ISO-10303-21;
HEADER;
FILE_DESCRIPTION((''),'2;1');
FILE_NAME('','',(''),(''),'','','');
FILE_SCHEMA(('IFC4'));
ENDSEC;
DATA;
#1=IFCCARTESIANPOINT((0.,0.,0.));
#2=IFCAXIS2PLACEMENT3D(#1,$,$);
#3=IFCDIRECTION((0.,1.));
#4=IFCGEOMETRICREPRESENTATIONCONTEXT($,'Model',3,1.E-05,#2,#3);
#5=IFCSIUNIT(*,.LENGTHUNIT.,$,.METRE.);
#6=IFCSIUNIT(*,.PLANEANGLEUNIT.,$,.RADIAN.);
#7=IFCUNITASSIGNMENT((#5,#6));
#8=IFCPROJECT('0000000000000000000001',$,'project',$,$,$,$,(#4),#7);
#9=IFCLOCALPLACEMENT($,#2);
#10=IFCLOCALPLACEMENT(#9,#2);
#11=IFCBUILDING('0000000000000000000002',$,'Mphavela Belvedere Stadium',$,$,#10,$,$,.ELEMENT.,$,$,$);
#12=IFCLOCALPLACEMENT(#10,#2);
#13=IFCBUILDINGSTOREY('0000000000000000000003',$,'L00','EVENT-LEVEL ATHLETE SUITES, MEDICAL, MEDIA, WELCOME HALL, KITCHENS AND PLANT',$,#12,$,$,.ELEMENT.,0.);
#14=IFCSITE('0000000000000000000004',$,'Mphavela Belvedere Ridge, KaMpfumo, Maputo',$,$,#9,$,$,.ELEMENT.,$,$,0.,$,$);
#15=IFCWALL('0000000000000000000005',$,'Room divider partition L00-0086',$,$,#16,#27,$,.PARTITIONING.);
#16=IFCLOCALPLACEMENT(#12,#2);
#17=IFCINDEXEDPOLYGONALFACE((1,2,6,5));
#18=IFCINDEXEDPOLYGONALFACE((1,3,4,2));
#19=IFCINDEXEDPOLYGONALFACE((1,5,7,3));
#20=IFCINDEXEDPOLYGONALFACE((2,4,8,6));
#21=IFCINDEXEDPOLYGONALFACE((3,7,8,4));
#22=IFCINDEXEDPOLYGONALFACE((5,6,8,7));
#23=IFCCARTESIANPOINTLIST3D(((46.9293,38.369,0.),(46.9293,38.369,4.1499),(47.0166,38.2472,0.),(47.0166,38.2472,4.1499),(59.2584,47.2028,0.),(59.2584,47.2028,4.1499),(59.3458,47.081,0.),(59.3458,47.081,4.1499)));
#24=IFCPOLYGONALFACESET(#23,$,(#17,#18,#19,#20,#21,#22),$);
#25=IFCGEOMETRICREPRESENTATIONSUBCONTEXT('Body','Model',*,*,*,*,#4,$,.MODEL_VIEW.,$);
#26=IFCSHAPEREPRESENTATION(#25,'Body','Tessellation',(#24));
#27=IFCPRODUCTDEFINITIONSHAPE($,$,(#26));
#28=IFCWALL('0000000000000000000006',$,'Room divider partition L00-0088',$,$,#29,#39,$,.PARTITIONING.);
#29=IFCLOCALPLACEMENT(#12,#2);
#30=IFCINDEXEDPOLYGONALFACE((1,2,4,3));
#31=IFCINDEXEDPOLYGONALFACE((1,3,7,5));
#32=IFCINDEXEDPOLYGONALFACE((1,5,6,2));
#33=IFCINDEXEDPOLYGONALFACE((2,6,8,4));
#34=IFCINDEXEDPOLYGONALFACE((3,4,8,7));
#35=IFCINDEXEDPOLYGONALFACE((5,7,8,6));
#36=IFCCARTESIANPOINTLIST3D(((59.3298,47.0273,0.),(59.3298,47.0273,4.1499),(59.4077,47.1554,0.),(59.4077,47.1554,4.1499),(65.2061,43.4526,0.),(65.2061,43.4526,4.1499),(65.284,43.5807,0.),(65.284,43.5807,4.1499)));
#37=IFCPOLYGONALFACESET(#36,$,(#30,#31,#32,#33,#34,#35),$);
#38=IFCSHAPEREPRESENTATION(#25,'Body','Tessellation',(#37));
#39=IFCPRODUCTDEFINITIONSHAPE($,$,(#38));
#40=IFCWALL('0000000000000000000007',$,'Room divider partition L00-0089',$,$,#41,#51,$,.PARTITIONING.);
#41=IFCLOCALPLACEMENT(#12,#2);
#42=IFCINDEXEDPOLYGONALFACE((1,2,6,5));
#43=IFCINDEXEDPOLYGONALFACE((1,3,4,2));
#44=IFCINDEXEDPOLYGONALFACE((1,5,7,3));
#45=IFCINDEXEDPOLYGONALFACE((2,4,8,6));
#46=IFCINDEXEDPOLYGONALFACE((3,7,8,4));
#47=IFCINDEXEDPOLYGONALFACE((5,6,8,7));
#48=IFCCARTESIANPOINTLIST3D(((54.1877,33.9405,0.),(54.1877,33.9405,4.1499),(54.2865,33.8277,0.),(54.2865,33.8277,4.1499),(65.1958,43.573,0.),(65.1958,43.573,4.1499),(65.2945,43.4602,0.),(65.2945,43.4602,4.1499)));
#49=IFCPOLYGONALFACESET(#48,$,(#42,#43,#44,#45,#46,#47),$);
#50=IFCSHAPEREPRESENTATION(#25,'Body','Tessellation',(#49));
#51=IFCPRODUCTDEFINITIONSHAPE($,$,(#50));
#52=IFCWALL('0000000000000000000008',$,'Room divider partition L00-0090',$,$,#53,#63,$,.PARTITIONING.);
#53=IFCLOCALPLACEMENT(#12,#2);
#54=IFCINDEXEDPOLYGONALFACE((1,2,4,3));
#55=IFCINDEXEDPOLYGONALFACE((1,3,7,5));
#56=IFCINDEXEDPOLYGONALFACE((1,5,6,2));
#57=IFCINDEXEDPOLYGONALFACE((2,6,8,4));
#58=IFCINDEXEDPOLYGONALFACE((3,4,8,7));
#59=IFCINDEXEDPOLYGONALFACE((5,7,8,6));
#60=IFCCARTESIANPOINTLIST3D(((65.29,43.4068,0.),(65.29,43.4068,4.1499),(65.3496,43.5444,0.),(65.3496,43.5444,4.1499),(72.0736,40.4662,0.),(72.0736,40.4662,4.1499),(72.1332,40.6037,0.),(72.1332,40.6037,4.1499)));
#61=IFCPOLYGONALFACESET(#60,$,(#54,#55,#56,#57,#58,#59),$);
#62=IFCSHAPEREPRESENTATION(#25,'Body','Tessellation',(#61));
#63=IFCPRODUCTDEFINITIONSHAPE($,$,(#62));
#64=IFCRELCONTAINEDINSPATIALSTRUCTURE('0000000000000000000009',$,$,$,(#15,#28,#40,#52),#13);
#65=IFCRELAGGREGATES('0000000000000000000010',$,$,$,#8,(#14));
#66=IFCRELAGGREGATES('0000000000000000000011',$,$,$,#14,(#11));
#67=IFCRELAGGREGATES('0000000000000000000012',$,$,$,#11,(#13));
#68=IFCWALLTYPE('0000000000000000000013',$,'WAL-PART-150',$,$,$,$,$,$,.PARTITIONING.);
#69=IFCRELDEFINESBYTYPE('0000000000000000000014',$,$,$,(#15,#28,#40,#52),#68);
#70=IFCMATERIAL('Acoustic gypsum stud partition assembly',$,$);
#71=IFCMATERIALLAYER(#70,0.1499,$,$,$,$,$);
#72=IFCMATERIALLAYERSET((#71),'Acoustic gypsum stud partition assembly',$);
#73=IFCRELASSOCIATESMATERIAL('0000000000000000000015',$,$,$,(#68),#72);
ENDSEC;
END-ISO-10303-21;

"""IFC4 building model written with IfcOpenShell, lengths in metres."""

from ifc_helpers import new_model, si_unit, direction, frame, frame_2d, origin, place, context, subcontext, project, spatial, rectangle, extrude, material, layer, layer_set, type_object, element, save


model = new_model("IFC4")

# Units and contexts
model_context = context("Model", 3, precision=1e-05, world=origin(), true_north=direction((0.0, 1.0)))
body_context = subcontext(model_context, "Body", "Model", "MODEL_VIEW")
ifc_project = project(units=[si_unit("LENGTHUNIT", "METRE"), si_unit("PLANEANGLEUNIT", "RADIAN")], contexts=[model_context])

# Site, building, storey
site_placement = place(None, origin())
site = spatial("IfcSite", under=ifc_project, at=site_placement, Name="Mphavela Belvedere Ridge, KaMpfumo, Maputo", CompositionType="ELEMENT", RefElevation=0.0)
building_placement = place(site_placement, origin())
building = spatial("IfcBuilding", under=site, at=building_placement, Name="Mphavela Belvedere Stadium", CompositionType="ELEMENT")
storey_placement = place(building_placement, origin())
storey = spatial("IfcBuildingStorey", under=building, at=storey_placement, Name="L00", Description="EVENT-LEVEL ATHLETE SUITES, MEDICAL, MEDIA, WELCOME HALL, KITCHENS AND PLANT", CompositionType="ELEMENT", Elevation=0.0)

# Walls
ifc_material_1 = material(Name="Acoustic gypsum stud partition assembly")
ifc_layer = layer(ifc_material_1, 0.1499)
ifc_layer_set = layer_set([ifc_layer], Name="Acoustic gypsum stud partition assembly")
wall_type = type_object("IfcWallType", Name="WAL-PART-150", PredefinedType="PARTITIONING", material=ifc_layer_set)
wall_1_placement = place(storey_placement, frame((59.302, 47.1418, 0.0), z_axis=(0.0, 0.0, 1.0), x_axis=(-0.812883, -0.582427, 0.0)))
element("IfcWall", 1, at=wall_1_placement, inside=storey, type_object=wall_type, Name="Room divider partition L00-0086", PredefinedType="PARTITIONING", context=body_context, shape_type="SweptSolid", body=[
    extrude(rectangle(XDim=15.1672, YDim=0.1499, at=frame_2d((7.5835, 0.0))), origin(), (0.0, 0.0, 1.0), 4.1499),
])
wall_2_placement = place(storey_placement, frame((59.3689, 47.0913, 0.0), z_axis=(0.0, 0.0, 1.0), x_axis=(0.854336, -0.519722, 0.0)))
element("IfcWall", 2, at=wall_2_placement, inside=storey, type_object=wall_type, Name="Room divider partition L00-0088", PredefinedType="PARTITIONING", context=body_context, shape_type="SweptSolid", body=[
    extrude(rectangle(XDim=6.8782, YDim=0.1499, at=frame_2d((3.439, 0.0))), origin(), (0.0, 0.0, 1.0), 4.1499),
])
wall_3_placement = place(storey_placement, frame((65.2451, 43.5166, 0.0), z_axis=(0.0, 0.0, 1.0), x_axis=(-0.752559, -0.658525, 0.0)))
element("IfcWall", 3, at=wall_3_placement, inside=storey, type_object=wall_type, Name="Room divider partition L00-0089", PredefinedType="PARTITIONING", context=body_context, shape_type="SweptSolid", body=[
    extrude(rectangle(XDim=14.6274, YDim=0.1499, at=frame_2d((7.3137, 0.0))), origin(), (0.0, 0.0, 1.0), 4.1499),
])
wall_4_placement = place(storey_placement, frame((65.3198, 43.4756, 0.0), z_axis=(0.0, 0.0, 1.0), x_axis=(0.917503, -0.39773, 0.0)))
element("IfcWall", 4, at=wall_4_placement, inside=storey, type_object=wall_type, Name="Room divider partition L00-0090", PredefinedType="PARTITIONING", context=body_context, shape_type="SweptSolid", body=[
    extrude(rectangle(XDim=7.3936, YDim=0.1499, at=frame_2d((3.6968, 0.0))), origin(), (0.0, 0.0, 1.0), 4.1499),
])

save(model, "model.ifc")
